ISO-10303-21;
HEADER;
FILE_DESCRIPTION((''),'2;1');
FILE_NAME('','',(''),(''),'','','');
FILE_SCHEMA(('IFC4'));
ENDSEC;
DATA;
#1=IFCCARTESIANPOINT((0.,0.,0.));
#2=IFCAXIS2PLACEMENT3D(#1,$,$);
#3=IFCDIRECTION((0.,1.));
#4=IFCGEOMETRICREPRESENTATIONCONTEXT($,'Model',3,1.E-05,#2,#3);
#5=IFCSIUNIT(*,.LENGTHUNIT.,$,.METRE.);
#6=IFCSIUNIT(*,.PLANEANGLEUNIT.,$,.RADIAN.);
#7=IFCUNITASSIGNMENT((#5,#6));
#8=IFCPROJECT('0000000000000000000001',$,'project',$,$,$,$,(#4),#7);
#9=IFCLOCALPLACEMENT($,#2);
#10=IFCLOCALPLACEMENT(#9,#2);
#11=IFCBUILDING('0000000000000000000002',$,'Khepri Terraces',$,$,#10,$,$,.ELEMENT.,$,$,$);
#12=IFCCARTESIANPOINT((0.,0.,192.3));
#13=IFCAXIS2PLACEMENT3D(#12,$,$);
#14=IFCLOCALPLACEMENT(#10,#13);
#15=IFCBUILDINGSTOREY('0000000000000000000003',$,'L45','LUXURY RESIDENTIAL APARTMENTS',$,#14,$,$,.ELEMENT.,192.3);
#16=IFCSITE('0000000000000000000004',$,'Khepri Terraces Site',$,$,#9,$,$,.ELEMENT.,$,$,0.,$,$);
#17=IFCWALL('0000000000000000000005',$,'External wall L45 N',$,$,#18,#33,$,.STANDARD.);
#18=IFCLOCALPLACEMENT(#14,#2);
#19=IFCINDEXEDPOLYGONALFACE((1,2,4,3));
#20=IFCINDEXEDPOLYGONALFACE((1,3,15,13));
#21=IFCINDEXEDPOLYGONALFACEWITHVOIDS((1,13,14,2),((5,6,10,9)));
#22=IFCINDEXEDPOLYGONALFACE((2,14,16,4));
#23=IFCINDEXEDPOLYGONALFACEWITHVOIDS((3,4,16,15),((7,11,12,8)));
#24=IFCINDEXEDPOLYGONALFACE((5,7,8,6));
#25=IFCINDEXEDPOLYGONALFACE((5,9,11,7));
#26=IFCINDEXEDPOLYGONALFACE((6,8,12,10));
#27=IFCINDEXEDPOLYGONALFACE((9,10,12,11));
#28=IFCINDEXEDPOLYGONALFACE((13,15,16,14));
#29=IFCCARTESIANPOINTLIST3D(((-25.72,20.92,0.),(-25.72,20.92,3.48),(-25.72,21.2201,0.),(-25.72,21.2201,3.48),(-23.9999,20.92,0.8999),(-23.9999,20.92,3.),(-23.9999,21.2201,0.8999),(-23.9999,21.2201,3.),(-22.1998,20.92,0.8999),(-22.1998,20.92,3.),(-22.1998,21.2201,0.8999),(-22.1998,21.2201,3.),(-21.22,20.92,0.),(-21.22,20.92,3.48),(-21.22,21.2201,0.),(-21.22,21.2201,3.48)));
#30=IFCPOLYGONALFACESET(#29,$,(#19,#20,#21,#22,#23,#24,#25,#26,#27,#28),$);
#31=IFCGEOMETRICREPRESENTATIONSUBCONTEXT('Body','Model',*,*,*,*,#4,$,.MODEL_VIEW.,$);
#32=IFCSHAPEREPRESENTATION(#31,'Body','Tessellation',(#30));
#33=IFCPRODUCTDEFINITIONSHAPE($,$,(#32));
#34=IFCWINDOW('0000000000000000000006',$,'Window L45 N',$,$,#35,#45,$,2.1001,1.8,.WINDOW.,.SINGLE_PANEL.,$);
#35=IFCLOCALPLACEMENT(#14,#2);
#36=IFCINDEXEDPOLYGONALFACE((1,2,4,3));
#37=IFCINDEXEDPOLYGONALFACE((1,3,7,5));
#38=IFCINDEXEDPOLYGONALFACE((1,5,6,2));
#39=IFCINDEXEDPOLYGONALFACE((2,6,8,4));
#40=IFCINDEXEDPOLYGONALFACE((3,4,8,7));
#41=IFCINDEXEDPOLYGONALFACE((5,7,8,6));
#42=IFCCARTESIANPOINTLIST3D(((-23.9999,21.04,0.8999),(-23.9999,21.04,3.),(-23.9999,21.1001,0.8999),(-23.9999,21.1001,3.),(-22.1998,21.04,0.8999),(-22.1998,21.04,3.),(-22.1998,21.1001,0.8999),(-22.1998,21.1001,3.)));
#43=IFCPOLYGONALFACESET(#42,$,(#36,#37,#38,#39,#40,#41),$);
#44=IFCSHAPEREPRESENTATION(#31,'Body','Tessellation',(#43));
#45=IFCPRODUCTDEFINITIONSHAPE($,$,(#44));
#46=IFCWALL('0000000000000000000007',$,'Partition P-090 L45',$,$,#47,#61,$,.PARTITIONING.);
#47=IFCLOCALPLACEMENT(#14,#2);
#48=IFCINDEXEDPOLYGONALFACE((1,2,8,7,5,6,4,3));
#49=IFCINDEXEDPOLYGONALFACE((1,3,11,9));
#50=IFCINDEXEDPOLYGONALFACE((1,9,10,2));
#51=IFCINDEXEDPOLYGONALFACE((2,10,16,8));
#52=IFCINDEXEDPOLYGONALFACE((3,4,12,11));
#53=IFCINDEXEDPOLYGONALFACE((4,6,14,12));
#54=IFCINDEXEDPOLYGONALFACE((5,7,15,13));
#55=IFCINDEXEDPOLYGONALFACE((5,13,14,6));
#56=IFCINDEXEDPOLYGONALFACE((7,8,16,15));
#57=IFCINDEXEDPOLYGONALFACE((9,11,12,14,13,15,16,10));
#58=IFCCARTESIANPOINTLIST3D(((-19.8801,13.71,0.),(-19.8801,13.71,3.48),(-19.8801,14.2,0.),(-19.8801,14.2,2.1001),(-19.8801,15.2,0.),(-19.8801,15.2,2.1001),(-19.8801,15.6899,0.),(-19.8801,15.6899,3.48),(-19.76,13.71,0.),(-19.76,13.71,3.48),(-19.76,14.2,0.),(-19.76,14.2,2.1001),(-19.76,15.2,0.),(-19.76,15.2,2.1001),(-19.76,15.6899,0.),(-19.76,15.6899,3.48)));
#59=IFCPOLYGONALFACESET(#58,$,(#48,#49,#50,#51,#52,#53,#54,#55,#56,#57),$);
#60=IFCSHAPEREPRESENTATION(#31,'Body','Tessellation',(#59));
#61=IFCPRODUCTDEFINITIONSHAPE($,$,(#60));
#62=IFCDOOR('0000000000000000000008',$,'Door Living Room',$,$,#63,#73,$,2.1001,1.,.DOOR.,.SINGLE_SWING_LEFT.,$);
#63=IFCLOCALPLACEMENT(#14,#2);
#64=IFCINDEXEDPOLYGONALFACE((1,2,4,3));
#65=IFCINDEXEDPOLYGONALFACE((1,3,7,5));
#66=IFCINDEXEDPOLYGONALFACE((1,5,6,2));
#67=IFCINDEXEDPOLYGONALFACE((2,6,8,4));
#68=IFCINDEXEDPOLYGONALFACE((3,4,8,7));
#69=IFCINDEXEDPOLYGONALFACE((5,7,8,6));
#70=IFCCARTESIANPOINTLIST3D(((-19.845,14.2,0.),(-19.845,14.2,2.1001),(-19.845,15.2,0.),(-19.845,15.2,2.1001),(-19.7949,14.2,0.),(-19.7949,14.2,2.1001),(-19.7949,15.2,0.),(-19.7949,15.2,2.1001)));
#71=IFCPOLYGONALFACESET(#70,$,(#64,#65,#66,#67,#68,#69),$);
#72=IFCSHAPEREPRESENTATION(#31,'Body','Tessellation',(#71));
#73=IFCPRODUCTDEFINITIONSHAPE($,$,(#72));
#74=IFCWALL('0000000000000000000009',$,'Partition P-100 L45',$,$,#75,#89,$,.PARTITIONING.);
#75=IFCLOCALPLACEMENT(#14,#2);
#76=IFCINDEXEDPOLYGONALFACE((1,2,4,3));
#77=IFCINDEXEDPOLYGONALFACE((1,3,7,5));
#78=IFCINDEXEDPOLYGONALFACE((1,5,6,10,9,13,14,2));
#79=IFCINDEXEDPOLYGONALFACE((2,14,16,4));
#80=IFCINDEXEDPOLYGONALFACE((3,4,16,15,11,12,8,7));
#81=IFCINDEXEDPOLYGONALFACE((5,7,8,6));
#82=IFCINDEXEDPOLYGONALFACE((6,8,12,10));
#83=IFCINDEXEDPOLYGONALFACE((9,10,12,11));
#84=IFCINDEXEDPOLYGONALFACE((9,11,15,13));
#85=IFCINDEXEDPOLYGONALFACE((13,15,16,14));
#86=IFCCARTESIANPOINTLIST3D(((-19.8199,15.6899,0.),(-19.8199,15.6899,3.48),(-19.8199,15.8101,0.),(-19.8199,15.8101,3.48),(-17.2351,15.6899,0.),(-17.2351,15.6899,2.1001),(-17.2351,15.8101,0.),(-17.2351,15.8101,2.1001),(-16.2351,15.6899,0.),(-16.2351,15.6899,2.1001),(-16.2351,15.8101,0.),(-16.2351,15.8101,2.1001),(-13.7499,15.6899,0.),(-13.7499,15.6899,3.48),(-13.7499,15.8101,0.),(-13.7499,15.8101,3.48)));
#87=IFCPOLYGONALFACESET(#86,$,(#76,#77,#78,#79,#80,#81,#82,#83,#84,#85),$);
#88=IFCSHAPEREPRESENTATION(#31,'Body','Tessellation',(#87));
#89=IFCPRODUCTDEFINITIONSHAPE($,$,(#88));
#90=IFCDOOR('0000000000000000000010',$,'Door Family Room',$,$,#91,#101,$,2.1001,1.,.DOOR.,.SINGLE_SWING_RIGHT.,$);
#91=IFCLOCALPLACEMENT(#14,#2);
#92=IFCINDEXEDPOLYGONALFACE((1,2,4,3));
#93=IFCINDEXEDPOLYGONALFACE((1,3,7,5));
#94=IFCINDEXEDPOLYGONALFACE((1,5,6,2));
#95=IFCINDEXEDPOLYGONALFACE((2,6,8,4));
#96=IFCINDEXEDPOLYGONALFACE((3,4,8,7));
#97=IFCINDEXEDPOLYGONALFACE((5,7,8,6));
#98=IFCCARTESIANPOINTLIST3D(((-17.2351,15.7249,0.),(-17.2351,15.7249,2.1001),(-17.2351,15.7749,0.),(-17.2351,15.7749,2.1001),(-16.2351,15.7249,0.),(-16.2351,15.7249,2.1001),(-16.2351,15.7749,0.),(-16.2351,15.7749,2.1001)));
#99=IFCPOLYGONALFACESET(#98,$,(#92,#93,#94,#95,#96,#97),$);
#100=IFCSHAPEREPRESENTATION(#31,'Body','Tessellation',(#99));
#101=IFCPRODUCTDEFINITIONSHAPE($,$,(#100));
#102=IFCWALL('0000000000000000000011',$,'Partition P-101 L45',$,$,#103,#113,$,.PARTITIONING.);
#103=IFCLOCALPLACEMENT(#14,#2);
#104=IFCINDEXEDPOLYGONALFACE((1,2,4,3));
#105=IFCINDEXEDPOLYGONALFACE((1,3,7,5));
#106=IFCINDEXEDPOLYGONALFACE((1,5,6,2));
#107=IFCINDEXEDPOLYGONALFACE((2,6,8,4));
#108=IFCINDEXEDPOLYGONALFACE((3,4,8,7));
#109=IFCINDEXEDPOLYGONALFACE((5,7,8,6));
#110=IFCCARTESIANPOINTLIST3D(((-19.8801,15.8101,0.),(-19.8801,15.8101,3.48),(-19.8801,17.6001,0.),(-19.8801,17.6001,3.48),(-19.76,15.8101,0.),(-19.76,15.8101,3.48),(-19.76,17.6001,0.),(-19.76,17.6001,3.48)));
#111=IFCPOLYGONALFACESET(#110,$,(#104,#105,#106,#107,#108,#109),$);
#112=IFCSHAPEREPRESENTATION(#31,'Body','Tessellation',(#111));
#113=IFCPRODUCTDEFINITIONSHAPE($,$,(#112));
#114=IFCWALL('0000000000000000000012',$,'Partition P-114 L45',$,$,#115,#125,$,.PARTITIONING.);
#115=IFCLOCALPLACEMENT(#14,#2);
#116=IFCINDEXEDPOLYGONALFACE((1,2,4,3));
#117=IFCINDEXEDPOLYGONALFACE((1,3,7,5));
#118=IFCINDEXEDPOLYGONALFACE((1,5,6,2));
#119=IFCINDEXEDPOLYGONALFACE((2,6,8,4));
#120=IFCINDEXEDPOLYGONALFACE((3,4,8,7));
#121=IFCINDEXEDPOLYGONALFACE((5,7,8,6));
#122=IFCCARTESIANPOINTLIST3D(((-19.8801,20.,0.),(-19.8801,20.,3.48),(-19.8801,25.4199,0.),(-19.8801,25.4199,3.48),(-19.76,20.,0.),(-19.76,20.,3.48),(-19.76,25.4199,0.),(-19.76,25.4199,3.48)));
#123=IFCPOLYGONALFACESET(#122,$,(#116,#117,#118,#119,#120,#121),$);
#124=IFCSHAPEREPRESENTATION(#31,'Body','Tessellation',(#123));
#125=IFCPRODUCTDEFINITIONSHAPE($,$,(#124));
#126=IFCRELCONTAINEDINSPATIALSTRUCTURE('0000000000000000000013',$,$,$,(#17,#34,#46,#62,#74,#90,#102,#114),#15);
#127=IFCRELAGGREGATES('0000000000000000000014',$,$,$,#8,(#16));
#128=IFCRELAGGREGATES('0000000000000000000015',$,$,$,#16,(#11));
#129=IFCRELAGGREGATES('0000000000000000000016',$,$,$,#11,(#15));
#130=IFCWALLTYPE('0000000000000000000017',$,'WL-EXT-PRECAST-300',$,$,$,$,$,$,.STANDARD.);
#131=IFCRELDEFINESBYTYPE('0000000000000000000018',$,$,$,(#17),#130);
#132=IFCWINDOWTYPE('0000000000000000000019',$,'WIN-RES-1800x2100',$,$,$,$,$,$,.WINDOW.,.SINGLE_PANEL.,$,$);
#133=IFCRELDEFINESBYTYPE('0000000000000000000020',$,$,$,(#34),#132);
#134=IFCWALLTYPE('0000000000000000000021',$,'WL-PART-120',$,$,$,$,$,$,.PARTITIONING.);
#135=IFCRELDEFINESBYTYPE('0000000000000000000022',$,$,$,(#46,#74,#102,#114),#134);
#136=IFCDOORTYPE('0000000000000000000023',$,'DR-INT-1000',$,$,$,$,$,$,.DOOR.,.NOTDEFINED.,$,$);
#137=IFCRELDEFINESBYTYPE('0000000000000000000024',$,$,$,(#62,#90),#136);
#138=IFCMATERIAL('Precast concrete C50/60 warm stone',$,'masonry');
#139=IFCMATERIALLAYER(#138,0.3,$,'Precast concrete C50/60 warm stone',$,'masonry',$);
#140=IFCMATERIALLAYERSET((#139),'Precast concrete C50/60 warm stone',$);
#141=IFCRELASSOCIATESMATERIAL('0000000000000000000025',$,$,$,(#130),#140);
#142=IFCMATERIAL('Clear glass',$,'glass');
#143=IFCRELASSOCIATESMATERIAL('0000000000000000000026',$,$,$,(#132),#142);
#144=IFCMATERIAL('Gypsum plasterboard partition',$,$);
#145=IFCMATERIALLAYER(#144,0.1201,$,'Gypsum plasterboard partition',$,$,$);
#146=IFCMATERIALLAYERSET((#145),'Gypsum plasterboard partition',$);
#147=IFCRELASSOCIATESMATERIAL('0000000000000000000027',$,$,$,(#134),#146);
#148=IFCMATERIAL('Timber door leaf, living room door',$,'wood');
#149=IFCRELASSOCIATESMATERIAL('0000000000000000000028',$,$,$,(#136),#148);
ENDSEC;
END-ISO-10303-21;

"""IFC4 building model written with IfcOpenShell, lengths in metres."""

from ifc_helpers import new_model, si_unit, direction, frame, frame_2d, origin, place, context, subcontext, project, spatial, rectangle, extrude, material, layer, layer_set, type_object, element, fill, save


model = new_model("IFC4")

# Units and contexts
model_context = context("Model", 3, precision=1e-05, world=origin(), true_north=direction((0.0, 1.0)))
body_context = subcontext(model_context, "Body", "Model", "MODEL_VIEW")
ifc_project = project(units=[si_unit("LENGTHUNIT", "METRE"), si_unit("PLANEANGLEUNIT", "RADIAN")], contexts=[model_context])

# Site, building, storey
site_placement = place(None, origin())
site = spatial("IfcSite", under=ifc_project, at=site_placement, Name="Khepri Terraces Site", CompositionType="ELEMENT", RefElevation=0.0)
building_placement = place(site_placement, origin())
building = spatial("IfcBuilding", under=site, at=building_placement, Name="Khepri Terraces", CompositionType="ELEMENT")
storey_placement = place(building_placement, frame((0.0, 0.0, 192.3)))
storey = spatial("IfcBuildingStorey", under=building, at=storey_placement, Name="L45", Description="LUXURY RESIDENTIAL APARTMENTS", CompositionType="ELEMENT", Elevation=192.3)

# Wall, opening, window
ifc_material_1 = material(Name="Precast concrete C50/60 warm stone", Category="masonry")
ifc_layer_1 = layer(ifc_material_1, 0.3, Name="Precast concrete C50/60 warm stone", Category="masonry")
ifc_layer_set_1 = layer_set([ifc_layer_1], Name="Precast concrete C50/60 warm stone")
wall_type_1 = type_object("IfcWallType", Name="WL-EXT-PRECAST-300", PredefinedType="STANDARD", material=ifc_layer_set_1)
ifc_material_2 = material(Name="Clear glass", Category="glass")
window_type = type_object("IfcWindowType", Name="WIN-RES-1800x2100", PartitioningType="SINGLE_PANEL", PredefinedType="WINDOW", material=ifc_material_2)
wall_1_placement = place(storey_placement, frame((-21.22, 21.0701, 0.0), z_axis=(0.0, 0.0, 1.0), x_axis=(-1.0, 0.0, 0.0)))
wall_1 = element("IfcWall", 1, at=wall_1_placement, inside=storey, type_object=wall_type_1, Name="External wall L45 N", PredefinedType="STANDARD", context=body_context, shape_type="SweptSolid", body=[
    extrude(rectangle(XDim=4.5, YDim=0.3, at=frame_2d((2.25, 0.0))), origin(), (0.0, 0.0, 1.0), 3.48),
])
opening_1_placement = place(wall_1_placement, frame((0.98, 0.0, 0.8999)))
opening_1 = element("IfcOpeningElement", 2, at=opening_1_placement, cuts=wall_1, PredefinedType="OPENING", context=body_context, shape_type="SweptSolid", body=[
    extrude(rectangle(XDim=1.8, YDim=2.1001, at=frame_2d((0.8999, 1.05))), frame((0.0, 0.1602, 0.0), z_axis=(0.0, -1.0, 0.0), x_axis=(1.0, 0.0, 0.0)), (0.0, 0.0, 1.0), 0.3201),
])
window_1_placement = place(opening_1_placement, origin())
window_1 = element("IfcWindow", 3, at=window_1_placement, inside=storey, type_object=window_type, Name="Window L45 N", OverallHeight=2.1001, OverallWidth=1.8, PartitioningType="SINGLE_PANEL", PredefinedType="WINDOW", context=body_context, shape_type="SweptSolid", body=[
    extrude(rectangle(XDim=1.8, YDim=2.1001, at=frame_2d((0.8999, 1.05))), frame((0.0, 0.03, 0.0), z_axis=(0.0, -1.0, 0.0), x_axis=(1.0, 0.0, 0.0)), (0.0, 0.0, 1.0), 0.0601),
])
fill(opening_1, window_1)

# Walls, openings, doors
ifc_material_3 = material(Name="Gypsum plasterboard partition")
ifc_layer_2 = layer(ifc_material_3, 0.1201, Name="Gypsum plasterboard partition")
ifc_layer_set_2 = layer_set([ifc_layer_2], Name="Gypsum plasterboard partition")
wall_type_2 = type_object("IfcWallType", Name="WL-PART-120", PredefinedType="PARTITIONING", material=ifc_layer_set_2)
wall_2_placement = place(storey_placement, frame((-19.8201, 13.71, 0.0), z_axis=(0.0, 0.0, 1.0), x_axis=(0.0, 1.0, 0.0)))
wall_2 = element("IfcWall", 4, at=wall_2_placement, inside=storey, type_object=wall_type_2, Name="Partition P-090 L45", PredefinedType="PARTITIONING", context=body_context, shape_type="SweptSolid", body=[
    extrude(rectangle(XDim=1.98, YDim=0.1201, at=frame_2d((0.99, 0.0))), origin(), (0.0, 0.0, 1.0), 3.48),
])
opening_2_placement = place(wall_2_placement, frame((0.49, 0.0, 0.0)))
opening_2 = element("IfcOpeningElement", 5, at=opening_2_placement, cuts=wall_2, PredefinedType="OPENING", context=body_context, shape_type="SweptSolid", body=[
    extrude(rectangle(XDim=1.0, YDim=2.1001, at=frame_2d((0.5, 1.05))), frame((0.0, 0.0701, 0.0), z_axis=(0.0, -1.0, 0.0), x_axis=(1.0, 0.0, 0.0)), (0.0, 0.0, 1.0), 0.1401),
])
ifc_material_4 = material(Name="Timber door leaf, living room door", Category="wood")
door_type_1 = type_object("IfcDoorType", Name="DR-INT-1000", OperationType="NOTDEFINED", PredefinedType="DOOR", material=ifc_material_4)
door_1_placement = place(opening_2_placement, origin())
door_1 = element("IfcDoor", 6, at=door_1_placement, inside=storey, type_object=door_type_1, Name="Door Living Room", OperationType="SINGLE_SWING_LEFT", OverallHeight=2.1001, OverallWidth=1.0, PredefinedType="DOOR", context=body_context, shape_type="SweptSolid", body=[
    extrude(rectangle(XDim=1.0, YDim=2.1001, at=frame_2d((0.5, 1.05))), frame((0.0, 0.0249, 0.0), z_axis=(0.0, -1.0, 0.0), x_axis=(1.0, 0.0, 0.0)), (0.0, 0.0, 1.0), 0.05),
])
fill(opening_2, door_1)
wall_3_placement = place(storey_placement, frame((-19.8201, 15.75, 0.0), z_axis=(0.0, 0.0, 1.0), x_axis=(1.0, 0.0, 0.0)))
wall_3 = element("IfcWall", 7, at=wall_3_placement, inside=storey, type_object=wall_type_2, Name="Partition P-100 L45", PredefinedType="PARTITIONING", context=body_context, shape_type="SweptSolid", body=[
    extrude(rectangle(XDim=6.0701, YDim=0.1201, at=frame_2d((3.0352, 0.0))), origin(), (0.0, 0.0, 1.0), 3.48),
])
opening_3_placement = place(wall_3_placement, frame((2.585, 0.0, 0.0)))
opening_3 = element("IfcOpeningElement", 8, at=opening_3_placement, cuts=wall_3, PredefinedType="OPENING", context=body_context, shape_type="SweptSolid", body=[
    extrude(rectangle(XDim=1.0, YDim=2.1001, at=frame_2d((0.5, 1.05))), frame((0.0, 0.0701, 0.0), z_axis=(0.0, -1.0, 0.0), x_axis=(1.0, 0.0, 0.0)), (0.0, 0.0, 1.0), 0.1401),
])
door_2_placement = place(opening_3_placement, origin())
door_2 = element("IfcDoor", 9, at=door_2_placement, inside=storey, type_object=door_type_1, Name="Door Family Room", OperationType="SINGLE_SWING_RIGHT", OverallHeight=2.1001, OverallWidth=1.0, PredefinedType="DOOR", context=body_context, shape_type="SweptSolid", body=[
    extrude(rectangle(XDim=1.0, YDim=2.1001, at=frame_2d((0.5, 1.05))), frame((0.0, 0.0249, 0.0), z_axis=(0.0, -1.0, 0.0), x_axis=(1.0, 0.0, 0.0)), (0.0, 0.0, 1.0), 0.05),
])
fill(opening_3, door_2)

# Walls
wall_4_placement = place(storey_placement, frame((-19.8201, 15.8101, 0.0), z_axis=(0.0, 0.0, 1.0), x_axis=(0.0, 1.0, 0.0)))
element("IfcWall", 10, at=wall_4_placement, inside=storey, type_object=wall_type_2, Name="Partition P-101 L45", PredefinedType="PARTITIONING", context=body_context, shape_type="SweptSolid", body=[
    extrude(rectangle(XDim=1.79, YDim=0.1201, at=frame_2d((0.895, 0.0))), origin(), (0.0, 0.0, 1.0), 3.48),
])
wall_5_placement = place(storey_placement, frame((-19.8201, 20.0, 0.0), z_axis=(0.0, 0.0, 1.0), x_axis=(0.0, 1.0, 0.0)))
element("IfcWall", 11, at=wall_5_placement, inside=storey, type_object=wall_type_2, Name="Partition P-114 L45", PredefinedType="PARTITIONING", context=body_context, shape_type="SweptSolid", body=[
    extrude(rectangle(XDim=5.4199, YDim=0.1201, at=frame_2d((2.71, 0.0))), origin(), (0.0, 0.0, 1.0), 3.48),
])

save(model, "model.ifc")
